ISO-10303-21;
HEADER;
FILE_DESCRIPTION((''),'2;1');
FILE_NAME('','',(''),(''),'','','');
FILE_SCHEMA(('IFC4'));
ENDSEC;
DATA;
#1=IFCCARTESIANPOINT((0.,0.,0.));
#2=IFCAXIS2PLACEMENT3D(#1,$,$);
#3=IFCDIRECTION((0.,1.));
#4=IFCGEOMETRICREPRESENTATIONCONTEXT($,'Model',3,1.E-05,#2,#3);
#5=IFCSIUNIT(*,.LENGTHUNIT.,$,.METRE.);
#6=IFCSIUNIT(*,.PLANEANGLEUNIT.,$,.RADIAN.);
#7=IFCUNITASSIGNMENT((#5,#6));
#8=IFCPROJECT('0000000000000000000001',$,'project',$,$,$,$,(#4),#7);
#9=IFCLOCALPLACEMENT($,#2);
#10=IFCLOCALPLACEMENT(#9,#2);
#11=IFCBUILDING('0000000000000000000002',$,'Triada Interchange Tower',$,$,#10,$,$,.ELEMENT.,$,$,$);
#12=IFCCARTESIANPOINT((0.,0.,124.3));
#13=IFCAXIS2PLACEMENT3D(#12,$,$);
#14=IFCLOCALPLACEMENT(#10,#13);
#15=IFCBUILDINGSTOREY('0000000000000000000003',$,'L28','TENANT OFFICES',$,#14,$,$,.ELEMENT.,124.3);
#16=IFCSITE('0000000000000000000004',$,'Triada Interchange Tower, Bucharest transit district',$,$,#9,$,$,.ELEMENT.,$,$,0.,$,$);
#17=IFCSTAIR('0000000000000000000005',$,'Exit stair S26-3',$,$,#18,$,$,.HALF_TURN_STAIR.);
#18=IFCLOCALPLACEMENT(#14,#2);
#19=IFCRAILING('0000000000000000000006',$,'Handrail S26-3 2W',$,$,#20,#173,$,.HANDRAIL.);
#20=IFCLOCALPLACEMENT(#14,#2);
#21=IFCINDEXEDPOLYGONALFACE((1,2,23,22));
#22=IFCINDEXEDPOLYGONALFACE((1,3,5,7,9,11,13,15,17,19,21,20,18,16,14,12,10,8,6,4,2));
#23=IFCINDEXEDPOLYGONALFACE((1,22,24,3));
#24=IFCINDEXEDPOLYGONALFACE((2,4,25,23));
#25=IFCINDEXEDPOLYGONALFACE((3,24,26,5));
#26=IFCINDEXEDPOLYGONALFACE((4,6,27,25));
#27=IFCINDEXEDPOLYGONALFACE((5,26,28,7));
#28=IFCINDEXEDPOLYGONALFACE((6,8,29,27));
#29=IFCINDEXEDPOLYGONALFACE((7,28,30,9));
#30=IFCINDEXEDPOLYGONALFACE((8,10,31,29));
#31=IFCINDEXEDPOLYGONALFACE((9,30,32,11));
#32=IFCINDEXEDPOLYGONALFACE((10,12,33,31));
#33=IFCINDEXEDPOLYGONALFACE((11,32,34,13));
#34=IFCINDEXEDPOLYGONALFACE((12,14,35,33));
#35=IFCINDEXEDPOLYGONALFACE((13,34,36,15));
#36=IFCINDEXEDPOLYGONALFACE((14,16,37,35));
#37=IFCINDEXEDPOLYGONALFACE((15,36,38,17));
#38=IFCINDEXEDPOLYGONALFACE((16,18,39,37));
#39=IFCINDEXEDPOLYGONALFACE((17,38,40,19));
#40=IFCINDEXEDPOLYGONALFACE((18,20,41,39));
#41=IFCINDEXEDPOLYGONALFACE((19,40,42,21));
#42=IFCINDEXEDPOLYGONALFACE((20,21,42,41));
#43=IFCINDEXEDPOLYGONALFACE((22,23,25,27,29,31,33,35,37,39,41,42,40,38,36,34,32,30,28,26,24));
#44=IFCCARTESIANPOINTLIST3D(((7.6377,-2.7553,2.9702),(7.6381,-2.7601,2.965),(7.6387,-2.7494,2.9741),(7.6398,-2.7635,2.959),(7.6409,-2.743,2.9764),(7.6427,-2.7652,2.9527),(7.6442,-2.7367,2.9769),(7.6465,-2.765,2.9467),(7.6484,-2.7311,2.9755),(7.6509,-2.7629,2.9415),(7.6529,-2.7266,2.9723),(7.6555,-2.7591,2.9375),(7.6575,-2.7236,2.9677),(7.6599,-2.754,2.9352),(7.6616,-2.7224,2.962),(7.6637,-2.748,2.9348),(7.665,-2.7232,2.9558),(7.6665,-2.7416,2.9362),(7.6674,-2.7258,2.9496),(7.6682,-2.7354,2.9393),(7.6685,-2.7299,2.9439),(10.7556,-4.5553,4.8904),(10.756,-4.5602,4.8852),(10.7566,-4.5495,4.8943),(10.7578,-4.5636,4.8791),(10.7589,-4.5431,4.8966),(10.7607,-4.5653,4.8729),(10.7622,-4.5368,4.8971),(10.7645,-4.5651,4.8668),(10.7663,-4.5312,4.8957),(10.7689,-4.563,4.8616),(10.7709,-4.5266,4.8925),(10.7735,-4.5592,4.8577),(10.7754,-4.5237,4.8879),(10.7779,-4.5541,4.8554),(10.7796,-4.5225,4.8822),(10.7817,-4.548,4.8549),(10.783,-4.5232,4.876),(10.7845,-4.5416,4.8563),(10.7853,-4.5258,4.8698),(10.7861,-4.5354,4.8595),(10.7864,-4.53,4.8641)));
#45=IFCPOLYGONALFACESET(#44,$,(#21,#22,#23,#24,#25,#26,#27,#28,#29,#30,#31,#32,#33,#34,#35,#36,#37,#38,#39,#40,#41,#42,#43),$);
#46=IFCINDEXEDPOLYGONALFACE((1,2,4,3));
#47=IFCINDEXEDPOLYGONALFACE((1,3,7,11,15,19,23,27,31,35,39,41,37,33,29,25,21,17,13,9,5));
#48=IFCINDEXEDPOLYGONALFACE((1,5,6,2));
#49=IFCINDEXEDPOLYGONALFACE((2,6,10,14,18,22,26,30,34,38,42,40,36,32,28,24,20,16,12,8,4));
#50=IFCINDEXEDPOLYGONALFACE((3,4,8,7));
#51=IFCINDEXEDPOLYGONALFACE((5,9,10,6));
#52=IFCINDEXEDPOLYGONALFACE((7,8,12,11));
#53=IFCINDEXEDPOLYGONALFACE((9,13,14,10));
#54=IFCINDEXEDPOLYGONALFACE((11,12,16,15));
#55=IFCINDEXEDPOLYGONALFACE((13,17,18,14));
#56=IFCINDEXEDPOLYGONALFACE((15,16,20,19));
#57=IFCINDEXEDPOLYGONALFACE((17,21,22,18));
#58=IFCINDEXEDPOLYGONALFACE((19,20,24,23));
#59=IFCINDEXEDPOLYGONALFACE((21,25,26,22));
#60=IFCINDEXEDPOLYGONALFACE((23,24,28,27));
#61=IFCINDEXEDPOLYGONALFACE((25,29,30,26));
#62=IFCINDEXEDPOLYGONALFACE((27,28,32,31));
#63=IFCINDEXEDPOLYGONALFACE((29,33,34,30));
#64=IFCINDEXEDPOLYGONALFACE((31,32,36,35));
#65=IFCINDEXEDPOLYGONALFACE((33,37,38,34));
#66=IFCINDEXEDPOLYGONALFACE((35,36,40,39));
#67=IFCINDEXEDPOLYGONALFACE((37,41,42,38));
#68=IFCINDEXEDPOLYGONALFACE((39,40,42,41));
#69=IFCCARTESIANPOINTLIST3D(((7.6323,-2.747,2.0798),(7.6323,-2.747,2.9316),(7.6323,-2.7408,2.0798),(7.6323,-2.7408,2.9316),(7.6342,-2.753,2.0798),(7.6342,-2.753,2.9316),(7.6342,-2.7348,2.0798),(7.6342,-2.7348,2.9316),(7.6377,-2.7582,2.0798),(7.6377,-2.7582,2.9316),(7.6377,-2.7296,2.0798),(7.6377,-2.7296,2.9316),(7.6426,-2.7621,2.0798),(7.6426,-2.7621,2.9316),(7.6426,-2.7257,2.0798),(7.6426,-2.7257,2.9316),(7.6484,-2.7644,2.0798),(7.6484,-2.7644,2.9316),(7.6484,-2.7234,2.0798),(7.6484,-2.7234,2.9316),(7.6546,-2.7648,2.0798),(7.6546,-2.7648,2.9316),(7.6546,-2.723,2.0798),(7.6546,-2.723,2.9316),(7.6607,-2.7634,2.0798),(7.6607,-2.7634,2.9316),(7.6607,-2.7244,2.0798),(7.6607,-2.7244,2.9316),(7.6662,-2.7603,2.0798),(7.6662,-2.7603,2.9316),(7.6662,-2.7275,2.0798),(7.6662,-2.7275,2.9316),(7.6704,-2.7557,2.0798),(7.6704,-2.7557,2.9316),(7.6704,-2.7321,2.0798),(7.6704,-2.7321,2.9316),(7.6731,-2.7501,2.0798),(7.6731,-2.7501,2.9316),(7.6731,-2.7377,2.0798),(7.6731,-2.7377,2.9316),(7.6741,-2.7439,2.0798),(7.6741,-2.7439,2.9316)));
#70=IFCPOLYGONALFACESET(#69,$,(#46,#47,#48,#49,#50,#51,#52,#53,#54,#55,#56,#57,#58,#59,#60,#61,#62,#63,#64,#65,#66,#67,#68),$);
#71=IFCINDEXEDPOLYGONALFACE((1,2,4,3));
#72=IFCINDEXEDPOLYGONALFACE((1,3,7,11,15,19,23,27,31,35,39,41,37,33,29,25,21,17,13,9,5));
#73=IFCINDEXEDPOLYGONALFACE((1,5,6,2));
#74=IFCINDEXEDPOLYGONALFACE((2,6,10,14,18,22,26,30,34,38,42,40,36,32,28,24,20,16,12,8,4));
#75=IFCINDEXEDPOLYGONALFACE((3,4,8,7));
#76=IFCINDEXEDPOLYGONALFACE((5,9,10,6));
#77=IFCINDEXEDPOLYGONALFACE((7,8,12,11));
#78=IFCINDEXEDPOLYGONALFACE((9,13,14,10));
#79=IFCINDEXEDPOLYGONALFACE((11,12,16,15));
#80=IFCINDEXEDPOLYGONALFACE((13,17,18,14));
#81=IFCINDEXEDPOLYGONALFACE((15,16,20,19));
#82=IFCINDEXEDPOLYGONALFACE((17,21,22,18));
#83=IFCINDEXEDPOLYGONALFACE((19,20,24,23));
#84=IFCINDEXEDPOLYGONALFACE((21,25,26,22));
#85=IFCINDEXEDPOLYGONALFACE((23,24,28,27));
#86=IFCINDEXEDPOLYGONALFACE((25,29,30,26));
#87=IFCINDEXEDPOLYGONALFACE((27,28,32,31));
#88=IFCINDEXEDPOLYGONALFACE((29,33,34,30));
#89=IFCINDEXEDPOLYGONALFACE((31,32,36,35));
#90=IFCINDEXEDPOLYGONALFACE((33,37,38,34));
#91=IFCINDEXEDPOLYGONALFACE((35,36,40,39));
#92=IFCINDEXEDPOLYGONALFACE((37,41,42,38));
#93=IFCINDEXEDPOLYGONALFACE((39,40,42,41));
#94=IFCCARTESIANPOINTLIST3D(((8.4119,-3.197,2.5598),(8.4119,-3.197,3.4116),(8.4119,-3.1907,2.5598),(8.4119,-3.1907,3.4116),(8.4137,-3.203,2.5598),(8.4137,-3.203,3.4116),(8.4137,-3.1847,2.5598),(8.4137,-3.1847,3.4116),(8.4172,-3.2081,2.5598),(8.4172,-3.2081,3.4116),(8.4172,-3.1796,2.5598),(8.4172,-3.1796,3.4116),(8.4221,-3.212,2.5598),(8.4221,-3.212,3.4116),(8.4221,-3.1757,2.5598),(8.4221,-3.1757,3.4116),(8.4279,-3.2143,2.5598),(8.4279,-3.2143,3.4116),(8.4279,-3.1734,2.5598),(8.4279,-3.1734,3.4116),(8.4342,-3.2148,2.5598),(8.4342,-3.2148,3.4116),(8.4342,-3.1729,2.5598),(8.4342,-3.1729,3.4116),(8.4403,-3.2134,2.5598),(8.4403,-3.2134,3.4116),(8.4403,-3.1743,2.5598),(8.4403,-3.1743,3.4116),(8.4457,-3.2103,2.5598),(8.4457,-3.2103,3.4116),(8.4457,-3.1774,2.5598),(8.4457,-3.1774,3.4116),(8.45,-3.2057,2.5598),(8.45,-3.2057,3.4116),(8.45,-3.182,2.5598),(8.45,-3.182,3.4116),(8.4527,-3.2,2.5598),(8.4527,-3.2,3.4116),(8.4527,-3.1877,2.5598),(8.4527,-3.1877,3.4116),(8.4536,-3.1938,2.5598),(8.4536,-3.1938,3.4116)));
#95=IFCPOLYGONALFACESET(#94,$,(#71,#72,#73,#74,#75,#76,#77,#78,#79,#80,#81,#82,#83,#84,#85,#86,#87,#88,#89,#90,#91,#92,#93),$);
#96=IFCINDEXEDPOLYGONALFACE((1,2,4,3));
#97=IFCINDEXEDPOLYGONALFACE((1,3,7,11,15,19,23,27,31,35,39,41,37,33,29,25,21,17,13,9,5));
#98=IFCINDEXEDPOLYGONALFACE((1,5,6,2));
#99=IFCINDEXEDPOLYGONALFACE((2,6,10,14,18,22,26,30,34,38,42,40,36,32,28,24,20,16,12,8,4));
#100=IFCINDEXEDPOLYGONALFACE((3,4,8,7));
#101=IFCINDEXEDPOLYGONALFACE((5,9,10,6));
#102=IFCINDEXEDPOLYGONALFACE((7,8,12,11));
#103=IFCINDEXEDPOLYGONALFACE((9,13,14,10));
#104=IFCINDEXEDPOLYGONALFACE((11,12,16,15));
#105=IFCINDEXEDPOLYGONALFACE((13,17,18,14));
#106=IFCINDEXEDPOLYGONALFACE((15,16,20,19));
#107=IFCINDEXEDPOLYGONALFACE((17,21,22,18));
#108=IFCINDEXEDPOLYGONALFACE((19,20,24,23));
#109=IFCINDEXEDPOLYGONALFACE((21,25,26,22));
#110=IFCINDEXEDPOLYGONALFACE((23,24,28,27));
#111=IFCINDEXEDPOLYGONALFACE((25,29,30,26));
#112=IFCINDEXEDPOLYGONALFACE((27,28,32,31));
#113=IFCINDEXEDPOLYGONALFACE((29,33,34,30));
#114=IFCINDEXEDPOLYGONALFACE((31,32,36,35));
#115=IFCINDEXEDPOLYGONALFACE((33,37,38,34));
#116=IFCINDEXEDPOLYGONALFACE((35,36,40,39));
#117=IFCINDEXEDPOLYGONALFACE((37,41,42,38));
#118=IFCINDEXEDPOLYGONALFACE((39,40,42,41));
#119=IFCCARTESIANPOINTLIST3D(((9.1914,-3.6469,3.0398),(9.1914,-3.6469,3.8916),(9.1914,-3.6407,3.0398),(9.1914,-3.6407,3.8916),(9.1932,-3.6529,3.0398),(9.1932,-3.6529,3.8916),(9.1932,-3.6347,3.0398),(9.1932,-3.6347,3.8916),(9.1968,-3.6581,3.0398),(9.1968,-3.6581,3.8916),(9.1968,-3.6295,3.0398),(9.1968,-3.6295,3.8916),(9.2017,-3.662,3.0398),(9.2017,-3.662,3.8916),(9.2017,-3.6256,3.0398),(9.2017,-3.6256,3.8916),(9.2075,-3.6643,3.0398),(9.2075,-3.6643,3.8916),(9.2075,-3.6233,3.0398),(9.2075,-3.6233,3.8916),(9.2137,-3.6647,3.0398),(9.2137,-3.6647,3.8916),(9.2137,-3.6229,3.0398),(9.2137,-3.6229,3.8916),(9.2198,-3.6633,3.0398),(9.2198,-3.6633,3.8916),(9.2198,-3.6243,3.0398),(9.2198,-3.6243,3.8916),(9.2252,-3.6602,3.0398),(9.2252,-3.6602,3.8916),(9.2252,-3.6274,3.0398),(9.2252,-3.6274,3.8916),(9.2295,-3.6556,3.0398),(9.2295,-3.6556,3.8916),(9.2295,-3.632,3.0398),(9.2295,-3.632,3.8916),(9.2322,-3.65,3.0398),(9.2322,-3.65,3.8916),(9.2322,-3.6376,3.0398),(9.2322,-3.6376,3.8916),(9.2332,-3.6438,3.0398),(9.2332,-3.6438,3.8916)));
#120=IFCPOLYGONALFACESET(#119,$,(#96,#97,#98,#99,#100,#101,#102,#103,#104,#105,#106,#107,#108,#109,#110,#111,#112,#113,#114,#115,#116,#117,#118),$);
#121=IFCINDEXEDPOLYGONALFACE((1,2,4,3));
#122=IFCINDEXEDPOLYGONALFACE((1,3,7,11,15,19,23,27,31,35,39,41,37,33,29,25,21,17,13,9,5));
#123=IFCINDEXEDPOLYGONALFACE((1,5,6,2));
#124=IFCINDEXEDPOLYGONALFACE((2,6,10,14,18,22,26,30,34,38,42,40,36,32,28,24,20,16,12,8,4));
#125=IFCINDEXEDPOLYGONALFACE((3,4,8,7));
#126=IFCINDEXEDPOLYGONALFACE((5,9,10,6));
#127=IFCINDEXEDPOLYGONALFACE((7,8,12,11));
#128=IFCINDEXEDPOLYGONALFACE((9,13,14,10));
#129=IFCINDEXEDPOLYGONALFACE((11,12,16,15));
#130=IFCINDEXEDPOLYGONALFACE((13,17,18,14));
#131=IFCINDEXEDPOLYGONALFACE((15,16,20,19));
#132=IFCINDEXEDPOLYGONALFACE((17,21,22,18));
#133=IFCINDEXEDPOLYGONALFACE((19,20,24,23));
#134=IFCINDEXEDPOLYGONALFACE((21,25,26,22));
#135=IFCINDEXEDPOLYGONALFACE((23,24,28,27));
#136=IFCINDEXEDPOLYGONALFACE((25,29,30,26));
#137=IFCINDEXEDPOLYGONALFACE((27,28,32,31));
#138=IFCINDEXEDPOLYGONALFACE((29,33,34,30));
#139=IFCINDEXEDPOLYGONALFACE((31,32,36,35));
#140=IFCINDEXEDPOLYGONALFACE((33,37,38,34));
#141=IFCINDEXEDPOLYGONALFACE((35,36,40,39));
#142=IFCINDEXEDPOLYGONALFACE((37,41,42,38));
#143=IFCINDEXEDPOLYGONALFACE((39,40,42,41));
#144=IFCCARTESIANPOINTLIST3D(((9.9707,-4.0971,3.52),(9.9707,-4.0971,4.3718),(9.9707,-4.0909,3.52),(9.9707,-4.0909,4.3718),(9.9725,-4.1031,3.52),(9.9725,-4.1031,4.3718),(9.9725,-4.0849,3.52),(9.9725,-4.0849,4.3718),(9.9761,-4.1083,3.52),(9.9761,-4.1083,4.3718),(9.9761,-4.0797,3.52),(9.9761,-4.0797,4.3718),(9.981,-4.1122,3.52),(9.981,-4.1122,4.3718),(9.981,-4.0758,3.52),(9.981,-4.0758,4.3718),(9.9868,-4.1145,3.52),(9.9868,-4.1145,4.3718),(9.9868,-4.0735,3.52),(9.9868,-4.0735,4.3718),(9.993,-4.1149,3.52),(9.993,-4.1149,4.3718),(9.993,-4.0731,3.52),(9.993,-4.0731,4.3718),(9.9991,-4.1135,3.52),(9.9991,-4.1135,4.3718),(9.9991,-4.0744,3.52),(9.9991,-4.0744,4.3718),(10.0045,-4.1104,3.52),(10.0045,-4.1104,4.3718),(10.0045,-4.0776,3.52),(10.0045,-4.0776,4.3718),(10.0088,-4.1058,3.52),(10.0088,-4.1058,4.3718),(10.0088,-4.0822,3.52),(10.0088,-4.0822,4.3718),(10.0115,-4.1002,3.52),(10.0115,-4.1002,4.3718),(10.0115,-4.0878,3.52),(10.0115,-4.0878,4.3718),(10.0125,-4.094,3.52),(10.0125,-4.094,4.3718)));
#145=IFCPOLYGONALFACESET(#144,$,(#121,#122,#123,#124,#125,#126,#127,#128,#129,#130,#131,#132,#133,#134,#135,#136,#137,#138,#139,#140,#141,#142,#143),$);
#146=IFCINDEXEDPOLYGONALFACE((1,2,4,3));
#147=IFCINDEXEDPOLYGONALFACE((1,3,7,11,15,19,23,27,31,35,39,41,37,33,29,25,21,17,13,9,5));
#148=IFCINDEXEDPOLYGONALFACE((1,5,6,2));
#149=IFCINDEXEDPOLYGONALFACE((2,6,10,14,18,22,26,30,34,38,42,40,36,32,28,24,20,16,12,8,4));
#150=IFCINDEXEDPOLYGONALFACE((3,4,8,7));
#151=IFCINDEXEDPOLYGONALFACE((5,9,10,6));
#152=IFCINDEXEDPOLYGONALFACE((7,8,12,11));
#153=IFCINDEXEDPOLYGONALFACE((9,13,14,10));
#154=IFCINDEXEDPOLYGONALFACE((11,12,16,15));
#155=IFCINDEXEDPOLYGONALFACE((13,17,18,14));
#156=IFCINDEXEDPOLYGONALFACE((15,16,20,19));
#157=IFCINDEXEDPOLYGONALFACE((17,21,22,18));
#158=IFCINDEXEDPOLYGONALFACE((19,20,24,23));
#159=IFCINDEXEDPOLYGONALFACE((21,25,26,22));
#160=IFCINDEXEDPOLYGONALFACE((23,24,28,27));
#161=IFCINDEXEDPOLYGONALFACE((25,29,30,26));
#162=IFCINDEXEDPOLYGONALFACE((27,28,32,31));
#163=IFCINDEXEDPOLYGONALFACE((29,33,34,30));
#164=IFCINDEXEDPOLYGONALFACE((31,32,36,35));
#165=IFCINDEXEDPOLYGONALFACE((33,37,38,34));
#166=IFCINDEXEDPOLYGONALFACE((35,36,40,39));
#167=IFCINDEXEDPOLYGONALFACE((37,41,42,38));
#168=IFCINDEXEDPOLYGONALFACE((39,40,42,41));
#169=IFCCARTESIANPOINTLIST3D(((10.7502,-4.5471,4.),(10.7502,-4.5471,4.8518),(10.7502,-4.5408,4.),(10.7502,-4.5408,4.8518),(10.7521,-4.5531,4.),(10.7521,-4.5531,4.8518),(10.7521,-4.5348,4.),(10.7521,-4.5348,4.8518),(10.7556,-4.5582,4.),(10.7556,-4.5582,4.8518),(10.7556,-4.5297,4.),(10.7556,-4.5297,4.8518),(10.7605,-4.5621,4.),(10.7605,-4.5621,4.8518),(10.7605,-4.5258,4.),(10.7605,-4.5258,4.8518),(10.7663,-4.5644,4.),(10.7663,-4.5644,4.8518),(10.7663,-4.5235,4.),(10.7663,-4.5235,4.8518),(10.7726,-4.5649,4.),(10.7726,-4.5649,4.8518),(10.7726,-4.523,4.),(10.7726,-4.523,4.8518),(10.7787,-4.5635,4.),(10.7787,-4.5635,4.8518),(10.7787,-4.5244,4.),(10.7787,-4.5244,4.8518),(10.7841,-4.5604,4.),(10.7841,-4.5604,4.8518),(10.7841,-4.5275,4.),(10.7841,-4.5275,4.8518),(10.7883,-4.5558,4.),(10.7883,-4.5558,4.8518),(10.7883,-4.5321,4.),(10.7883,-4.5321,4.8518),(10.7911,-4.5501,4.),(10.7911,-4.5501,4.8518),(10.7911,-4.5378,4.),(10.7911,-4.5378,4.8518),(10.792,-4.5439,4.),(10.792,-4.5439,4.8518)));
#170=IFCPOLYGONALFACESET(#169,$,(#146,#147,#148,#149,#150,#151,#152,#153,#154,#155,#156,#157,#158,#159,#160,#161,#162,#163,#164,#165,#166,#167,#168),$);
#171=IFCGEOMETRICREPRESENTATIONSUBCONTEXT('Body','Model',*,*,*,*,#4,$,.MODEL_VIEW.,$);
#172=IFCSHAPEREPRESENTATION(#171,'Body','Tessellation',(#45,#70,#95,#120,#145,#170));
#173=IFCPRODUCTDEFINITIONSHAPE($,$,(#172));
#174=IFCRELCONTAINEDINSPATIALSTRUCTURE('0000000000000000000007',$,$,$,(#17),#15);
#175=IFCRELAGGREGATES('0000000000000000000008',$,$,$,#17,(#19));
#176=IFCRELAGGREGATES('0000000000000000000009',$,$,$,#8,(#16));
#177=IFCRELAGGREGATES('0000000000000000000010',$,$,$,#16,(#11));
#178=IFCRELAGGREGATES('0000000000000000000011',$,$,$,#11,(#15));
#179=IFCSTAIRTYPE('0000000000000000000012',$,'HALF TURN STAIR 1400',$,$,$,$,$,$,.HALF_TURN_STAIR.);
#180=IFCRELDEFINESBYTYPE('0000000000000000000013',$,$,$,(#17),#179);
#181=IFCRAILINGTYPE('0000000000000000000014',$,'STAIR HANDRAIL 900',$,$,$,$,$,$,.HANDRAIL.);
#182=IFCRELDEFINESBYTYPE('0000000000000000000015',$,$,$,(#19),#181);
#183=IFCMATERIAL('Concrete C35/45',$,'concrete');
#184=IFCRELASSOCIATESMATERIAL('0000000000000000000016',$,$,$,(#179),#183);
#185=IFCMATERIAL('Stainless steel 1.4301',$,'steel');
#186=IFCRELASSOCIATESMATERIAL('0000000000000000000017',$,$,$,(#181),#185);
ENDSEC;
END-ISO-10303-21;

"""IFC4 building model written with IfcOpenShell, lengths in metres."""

from ifc_helpers import new_model, si_unit, direction, frame, origin, origin_2d, place, context, subcontext, project, spatial, circle, extrude, material, type_object, element, aggregate, save


model = new_model("IFC4")

# Units and contexts
model_context = context("Model", 3, precision=1e-05, world=origin(), true_north=direction((0.0, 1.0)))
body_context = subcontext(model_context, "Body", "Model", "MODEL_VIEW")
ifc_project = project(units=[si_unit("LENGTHUNIT", "METRE"), si_unit("PLANEANGLEUNIT", "RADIAN")], contexts=[model_context])

# Site, building, storey
site_placement = place(None, origin())
site = spatial("IfcSite", under=ifc_project, at=site_placement, Name="Triada Interchange Tower, Bucharest transit district", CompositionType="ELEMENT", RefElevation=0.0)
building_placement = place(site_placement, origin())
building = spatial("IfcBuilding", under=site, at=building_placement, Name="Triada Interchange Tower", CompositionType="ELEMENT")
storey_placement = place(building_placement, frame((0.0, 0.0, 124.3)))
storey = spatial("IfcBuildingStorey", under=building, at=storey_placement, Name="L28", Description="TENANT OFFICES", CompositionType="ELEMENT", Elevation=124.3)

# Stair, railing
ifc_material_1 = material(Name="Concrete C35/45", Category="concrete")
stair_type = type_object("IfcStairType", Name="HALF TURN STAIR 1400", PredefinedType="HALF_TURN_STAIR", material=ifc_material_1)
stair_placement = place(storey_placement, origin())
stair = element("IfcStair", 1, at=stair_placement, inside=storey, type_object=stair_type, Name="Exit stair S26-3", PredefinedType="HALF_TURN_STAIR")
ifc_material_2 = material(Name="Stainless steel 1.4301", Category="steel")
railing_type = type_object("IfcRailingType", Name="STAIR HANDRAIL 900", PredefinedType="HANDRAIL", material=ifc_material_2)
railing_1_placement = place(storey_placement, frame((7.6531, -2.7439, 2.0798)))
railing_1 = element("IfcRailing", 2, at=railing_1_placement, type_object=railing_type, Name="Handrail S26-3 2W", PredefinedType="HANDRAIL", context=body_context, shape_type="SweptSolid", body=[
    extrude(circle(Radius=0.0239, at=origin_2d()), frame((0.0, 0.0, 0.876), z_axis=(0.764145, -0.441159, 0.470597), x_axis=(0.499983, 0.866035, 0.0)), (0.0, 0.0, 1.0), 4.0803),
    extrude(circle(Radius=0.021, at=origin_2d()), origin(), (0.0, 0.0, 1.0), 0.8518),
    extrude(circle(Radius=0.021, at=origin_2d()), frame((0.7795, -0.45, 0.48)), (0.0, 0.0, 1.0), 0.8518),
    extrude(circle(Radius=0.021, at=origin_2d()), frame((1.5591, -0.8999, 0.96)), (0.0, 0.0, 1.0), 0.8518),
    extrude(circle(Radius=0.021, at=origin_2d()), frame((2.3384, -1.3501, 1.4402)), (0.0, 0.0, 1.0), 0.8518),
    extrude(circle(Radius=0.021, at=origin_2d()), frame((3.1179, -1.8, 1.9202)), (0.0, 0.0, 1.0), 0.8518),
])
aggregate(stair, [railing_1])

save(model, "model.ifc")
